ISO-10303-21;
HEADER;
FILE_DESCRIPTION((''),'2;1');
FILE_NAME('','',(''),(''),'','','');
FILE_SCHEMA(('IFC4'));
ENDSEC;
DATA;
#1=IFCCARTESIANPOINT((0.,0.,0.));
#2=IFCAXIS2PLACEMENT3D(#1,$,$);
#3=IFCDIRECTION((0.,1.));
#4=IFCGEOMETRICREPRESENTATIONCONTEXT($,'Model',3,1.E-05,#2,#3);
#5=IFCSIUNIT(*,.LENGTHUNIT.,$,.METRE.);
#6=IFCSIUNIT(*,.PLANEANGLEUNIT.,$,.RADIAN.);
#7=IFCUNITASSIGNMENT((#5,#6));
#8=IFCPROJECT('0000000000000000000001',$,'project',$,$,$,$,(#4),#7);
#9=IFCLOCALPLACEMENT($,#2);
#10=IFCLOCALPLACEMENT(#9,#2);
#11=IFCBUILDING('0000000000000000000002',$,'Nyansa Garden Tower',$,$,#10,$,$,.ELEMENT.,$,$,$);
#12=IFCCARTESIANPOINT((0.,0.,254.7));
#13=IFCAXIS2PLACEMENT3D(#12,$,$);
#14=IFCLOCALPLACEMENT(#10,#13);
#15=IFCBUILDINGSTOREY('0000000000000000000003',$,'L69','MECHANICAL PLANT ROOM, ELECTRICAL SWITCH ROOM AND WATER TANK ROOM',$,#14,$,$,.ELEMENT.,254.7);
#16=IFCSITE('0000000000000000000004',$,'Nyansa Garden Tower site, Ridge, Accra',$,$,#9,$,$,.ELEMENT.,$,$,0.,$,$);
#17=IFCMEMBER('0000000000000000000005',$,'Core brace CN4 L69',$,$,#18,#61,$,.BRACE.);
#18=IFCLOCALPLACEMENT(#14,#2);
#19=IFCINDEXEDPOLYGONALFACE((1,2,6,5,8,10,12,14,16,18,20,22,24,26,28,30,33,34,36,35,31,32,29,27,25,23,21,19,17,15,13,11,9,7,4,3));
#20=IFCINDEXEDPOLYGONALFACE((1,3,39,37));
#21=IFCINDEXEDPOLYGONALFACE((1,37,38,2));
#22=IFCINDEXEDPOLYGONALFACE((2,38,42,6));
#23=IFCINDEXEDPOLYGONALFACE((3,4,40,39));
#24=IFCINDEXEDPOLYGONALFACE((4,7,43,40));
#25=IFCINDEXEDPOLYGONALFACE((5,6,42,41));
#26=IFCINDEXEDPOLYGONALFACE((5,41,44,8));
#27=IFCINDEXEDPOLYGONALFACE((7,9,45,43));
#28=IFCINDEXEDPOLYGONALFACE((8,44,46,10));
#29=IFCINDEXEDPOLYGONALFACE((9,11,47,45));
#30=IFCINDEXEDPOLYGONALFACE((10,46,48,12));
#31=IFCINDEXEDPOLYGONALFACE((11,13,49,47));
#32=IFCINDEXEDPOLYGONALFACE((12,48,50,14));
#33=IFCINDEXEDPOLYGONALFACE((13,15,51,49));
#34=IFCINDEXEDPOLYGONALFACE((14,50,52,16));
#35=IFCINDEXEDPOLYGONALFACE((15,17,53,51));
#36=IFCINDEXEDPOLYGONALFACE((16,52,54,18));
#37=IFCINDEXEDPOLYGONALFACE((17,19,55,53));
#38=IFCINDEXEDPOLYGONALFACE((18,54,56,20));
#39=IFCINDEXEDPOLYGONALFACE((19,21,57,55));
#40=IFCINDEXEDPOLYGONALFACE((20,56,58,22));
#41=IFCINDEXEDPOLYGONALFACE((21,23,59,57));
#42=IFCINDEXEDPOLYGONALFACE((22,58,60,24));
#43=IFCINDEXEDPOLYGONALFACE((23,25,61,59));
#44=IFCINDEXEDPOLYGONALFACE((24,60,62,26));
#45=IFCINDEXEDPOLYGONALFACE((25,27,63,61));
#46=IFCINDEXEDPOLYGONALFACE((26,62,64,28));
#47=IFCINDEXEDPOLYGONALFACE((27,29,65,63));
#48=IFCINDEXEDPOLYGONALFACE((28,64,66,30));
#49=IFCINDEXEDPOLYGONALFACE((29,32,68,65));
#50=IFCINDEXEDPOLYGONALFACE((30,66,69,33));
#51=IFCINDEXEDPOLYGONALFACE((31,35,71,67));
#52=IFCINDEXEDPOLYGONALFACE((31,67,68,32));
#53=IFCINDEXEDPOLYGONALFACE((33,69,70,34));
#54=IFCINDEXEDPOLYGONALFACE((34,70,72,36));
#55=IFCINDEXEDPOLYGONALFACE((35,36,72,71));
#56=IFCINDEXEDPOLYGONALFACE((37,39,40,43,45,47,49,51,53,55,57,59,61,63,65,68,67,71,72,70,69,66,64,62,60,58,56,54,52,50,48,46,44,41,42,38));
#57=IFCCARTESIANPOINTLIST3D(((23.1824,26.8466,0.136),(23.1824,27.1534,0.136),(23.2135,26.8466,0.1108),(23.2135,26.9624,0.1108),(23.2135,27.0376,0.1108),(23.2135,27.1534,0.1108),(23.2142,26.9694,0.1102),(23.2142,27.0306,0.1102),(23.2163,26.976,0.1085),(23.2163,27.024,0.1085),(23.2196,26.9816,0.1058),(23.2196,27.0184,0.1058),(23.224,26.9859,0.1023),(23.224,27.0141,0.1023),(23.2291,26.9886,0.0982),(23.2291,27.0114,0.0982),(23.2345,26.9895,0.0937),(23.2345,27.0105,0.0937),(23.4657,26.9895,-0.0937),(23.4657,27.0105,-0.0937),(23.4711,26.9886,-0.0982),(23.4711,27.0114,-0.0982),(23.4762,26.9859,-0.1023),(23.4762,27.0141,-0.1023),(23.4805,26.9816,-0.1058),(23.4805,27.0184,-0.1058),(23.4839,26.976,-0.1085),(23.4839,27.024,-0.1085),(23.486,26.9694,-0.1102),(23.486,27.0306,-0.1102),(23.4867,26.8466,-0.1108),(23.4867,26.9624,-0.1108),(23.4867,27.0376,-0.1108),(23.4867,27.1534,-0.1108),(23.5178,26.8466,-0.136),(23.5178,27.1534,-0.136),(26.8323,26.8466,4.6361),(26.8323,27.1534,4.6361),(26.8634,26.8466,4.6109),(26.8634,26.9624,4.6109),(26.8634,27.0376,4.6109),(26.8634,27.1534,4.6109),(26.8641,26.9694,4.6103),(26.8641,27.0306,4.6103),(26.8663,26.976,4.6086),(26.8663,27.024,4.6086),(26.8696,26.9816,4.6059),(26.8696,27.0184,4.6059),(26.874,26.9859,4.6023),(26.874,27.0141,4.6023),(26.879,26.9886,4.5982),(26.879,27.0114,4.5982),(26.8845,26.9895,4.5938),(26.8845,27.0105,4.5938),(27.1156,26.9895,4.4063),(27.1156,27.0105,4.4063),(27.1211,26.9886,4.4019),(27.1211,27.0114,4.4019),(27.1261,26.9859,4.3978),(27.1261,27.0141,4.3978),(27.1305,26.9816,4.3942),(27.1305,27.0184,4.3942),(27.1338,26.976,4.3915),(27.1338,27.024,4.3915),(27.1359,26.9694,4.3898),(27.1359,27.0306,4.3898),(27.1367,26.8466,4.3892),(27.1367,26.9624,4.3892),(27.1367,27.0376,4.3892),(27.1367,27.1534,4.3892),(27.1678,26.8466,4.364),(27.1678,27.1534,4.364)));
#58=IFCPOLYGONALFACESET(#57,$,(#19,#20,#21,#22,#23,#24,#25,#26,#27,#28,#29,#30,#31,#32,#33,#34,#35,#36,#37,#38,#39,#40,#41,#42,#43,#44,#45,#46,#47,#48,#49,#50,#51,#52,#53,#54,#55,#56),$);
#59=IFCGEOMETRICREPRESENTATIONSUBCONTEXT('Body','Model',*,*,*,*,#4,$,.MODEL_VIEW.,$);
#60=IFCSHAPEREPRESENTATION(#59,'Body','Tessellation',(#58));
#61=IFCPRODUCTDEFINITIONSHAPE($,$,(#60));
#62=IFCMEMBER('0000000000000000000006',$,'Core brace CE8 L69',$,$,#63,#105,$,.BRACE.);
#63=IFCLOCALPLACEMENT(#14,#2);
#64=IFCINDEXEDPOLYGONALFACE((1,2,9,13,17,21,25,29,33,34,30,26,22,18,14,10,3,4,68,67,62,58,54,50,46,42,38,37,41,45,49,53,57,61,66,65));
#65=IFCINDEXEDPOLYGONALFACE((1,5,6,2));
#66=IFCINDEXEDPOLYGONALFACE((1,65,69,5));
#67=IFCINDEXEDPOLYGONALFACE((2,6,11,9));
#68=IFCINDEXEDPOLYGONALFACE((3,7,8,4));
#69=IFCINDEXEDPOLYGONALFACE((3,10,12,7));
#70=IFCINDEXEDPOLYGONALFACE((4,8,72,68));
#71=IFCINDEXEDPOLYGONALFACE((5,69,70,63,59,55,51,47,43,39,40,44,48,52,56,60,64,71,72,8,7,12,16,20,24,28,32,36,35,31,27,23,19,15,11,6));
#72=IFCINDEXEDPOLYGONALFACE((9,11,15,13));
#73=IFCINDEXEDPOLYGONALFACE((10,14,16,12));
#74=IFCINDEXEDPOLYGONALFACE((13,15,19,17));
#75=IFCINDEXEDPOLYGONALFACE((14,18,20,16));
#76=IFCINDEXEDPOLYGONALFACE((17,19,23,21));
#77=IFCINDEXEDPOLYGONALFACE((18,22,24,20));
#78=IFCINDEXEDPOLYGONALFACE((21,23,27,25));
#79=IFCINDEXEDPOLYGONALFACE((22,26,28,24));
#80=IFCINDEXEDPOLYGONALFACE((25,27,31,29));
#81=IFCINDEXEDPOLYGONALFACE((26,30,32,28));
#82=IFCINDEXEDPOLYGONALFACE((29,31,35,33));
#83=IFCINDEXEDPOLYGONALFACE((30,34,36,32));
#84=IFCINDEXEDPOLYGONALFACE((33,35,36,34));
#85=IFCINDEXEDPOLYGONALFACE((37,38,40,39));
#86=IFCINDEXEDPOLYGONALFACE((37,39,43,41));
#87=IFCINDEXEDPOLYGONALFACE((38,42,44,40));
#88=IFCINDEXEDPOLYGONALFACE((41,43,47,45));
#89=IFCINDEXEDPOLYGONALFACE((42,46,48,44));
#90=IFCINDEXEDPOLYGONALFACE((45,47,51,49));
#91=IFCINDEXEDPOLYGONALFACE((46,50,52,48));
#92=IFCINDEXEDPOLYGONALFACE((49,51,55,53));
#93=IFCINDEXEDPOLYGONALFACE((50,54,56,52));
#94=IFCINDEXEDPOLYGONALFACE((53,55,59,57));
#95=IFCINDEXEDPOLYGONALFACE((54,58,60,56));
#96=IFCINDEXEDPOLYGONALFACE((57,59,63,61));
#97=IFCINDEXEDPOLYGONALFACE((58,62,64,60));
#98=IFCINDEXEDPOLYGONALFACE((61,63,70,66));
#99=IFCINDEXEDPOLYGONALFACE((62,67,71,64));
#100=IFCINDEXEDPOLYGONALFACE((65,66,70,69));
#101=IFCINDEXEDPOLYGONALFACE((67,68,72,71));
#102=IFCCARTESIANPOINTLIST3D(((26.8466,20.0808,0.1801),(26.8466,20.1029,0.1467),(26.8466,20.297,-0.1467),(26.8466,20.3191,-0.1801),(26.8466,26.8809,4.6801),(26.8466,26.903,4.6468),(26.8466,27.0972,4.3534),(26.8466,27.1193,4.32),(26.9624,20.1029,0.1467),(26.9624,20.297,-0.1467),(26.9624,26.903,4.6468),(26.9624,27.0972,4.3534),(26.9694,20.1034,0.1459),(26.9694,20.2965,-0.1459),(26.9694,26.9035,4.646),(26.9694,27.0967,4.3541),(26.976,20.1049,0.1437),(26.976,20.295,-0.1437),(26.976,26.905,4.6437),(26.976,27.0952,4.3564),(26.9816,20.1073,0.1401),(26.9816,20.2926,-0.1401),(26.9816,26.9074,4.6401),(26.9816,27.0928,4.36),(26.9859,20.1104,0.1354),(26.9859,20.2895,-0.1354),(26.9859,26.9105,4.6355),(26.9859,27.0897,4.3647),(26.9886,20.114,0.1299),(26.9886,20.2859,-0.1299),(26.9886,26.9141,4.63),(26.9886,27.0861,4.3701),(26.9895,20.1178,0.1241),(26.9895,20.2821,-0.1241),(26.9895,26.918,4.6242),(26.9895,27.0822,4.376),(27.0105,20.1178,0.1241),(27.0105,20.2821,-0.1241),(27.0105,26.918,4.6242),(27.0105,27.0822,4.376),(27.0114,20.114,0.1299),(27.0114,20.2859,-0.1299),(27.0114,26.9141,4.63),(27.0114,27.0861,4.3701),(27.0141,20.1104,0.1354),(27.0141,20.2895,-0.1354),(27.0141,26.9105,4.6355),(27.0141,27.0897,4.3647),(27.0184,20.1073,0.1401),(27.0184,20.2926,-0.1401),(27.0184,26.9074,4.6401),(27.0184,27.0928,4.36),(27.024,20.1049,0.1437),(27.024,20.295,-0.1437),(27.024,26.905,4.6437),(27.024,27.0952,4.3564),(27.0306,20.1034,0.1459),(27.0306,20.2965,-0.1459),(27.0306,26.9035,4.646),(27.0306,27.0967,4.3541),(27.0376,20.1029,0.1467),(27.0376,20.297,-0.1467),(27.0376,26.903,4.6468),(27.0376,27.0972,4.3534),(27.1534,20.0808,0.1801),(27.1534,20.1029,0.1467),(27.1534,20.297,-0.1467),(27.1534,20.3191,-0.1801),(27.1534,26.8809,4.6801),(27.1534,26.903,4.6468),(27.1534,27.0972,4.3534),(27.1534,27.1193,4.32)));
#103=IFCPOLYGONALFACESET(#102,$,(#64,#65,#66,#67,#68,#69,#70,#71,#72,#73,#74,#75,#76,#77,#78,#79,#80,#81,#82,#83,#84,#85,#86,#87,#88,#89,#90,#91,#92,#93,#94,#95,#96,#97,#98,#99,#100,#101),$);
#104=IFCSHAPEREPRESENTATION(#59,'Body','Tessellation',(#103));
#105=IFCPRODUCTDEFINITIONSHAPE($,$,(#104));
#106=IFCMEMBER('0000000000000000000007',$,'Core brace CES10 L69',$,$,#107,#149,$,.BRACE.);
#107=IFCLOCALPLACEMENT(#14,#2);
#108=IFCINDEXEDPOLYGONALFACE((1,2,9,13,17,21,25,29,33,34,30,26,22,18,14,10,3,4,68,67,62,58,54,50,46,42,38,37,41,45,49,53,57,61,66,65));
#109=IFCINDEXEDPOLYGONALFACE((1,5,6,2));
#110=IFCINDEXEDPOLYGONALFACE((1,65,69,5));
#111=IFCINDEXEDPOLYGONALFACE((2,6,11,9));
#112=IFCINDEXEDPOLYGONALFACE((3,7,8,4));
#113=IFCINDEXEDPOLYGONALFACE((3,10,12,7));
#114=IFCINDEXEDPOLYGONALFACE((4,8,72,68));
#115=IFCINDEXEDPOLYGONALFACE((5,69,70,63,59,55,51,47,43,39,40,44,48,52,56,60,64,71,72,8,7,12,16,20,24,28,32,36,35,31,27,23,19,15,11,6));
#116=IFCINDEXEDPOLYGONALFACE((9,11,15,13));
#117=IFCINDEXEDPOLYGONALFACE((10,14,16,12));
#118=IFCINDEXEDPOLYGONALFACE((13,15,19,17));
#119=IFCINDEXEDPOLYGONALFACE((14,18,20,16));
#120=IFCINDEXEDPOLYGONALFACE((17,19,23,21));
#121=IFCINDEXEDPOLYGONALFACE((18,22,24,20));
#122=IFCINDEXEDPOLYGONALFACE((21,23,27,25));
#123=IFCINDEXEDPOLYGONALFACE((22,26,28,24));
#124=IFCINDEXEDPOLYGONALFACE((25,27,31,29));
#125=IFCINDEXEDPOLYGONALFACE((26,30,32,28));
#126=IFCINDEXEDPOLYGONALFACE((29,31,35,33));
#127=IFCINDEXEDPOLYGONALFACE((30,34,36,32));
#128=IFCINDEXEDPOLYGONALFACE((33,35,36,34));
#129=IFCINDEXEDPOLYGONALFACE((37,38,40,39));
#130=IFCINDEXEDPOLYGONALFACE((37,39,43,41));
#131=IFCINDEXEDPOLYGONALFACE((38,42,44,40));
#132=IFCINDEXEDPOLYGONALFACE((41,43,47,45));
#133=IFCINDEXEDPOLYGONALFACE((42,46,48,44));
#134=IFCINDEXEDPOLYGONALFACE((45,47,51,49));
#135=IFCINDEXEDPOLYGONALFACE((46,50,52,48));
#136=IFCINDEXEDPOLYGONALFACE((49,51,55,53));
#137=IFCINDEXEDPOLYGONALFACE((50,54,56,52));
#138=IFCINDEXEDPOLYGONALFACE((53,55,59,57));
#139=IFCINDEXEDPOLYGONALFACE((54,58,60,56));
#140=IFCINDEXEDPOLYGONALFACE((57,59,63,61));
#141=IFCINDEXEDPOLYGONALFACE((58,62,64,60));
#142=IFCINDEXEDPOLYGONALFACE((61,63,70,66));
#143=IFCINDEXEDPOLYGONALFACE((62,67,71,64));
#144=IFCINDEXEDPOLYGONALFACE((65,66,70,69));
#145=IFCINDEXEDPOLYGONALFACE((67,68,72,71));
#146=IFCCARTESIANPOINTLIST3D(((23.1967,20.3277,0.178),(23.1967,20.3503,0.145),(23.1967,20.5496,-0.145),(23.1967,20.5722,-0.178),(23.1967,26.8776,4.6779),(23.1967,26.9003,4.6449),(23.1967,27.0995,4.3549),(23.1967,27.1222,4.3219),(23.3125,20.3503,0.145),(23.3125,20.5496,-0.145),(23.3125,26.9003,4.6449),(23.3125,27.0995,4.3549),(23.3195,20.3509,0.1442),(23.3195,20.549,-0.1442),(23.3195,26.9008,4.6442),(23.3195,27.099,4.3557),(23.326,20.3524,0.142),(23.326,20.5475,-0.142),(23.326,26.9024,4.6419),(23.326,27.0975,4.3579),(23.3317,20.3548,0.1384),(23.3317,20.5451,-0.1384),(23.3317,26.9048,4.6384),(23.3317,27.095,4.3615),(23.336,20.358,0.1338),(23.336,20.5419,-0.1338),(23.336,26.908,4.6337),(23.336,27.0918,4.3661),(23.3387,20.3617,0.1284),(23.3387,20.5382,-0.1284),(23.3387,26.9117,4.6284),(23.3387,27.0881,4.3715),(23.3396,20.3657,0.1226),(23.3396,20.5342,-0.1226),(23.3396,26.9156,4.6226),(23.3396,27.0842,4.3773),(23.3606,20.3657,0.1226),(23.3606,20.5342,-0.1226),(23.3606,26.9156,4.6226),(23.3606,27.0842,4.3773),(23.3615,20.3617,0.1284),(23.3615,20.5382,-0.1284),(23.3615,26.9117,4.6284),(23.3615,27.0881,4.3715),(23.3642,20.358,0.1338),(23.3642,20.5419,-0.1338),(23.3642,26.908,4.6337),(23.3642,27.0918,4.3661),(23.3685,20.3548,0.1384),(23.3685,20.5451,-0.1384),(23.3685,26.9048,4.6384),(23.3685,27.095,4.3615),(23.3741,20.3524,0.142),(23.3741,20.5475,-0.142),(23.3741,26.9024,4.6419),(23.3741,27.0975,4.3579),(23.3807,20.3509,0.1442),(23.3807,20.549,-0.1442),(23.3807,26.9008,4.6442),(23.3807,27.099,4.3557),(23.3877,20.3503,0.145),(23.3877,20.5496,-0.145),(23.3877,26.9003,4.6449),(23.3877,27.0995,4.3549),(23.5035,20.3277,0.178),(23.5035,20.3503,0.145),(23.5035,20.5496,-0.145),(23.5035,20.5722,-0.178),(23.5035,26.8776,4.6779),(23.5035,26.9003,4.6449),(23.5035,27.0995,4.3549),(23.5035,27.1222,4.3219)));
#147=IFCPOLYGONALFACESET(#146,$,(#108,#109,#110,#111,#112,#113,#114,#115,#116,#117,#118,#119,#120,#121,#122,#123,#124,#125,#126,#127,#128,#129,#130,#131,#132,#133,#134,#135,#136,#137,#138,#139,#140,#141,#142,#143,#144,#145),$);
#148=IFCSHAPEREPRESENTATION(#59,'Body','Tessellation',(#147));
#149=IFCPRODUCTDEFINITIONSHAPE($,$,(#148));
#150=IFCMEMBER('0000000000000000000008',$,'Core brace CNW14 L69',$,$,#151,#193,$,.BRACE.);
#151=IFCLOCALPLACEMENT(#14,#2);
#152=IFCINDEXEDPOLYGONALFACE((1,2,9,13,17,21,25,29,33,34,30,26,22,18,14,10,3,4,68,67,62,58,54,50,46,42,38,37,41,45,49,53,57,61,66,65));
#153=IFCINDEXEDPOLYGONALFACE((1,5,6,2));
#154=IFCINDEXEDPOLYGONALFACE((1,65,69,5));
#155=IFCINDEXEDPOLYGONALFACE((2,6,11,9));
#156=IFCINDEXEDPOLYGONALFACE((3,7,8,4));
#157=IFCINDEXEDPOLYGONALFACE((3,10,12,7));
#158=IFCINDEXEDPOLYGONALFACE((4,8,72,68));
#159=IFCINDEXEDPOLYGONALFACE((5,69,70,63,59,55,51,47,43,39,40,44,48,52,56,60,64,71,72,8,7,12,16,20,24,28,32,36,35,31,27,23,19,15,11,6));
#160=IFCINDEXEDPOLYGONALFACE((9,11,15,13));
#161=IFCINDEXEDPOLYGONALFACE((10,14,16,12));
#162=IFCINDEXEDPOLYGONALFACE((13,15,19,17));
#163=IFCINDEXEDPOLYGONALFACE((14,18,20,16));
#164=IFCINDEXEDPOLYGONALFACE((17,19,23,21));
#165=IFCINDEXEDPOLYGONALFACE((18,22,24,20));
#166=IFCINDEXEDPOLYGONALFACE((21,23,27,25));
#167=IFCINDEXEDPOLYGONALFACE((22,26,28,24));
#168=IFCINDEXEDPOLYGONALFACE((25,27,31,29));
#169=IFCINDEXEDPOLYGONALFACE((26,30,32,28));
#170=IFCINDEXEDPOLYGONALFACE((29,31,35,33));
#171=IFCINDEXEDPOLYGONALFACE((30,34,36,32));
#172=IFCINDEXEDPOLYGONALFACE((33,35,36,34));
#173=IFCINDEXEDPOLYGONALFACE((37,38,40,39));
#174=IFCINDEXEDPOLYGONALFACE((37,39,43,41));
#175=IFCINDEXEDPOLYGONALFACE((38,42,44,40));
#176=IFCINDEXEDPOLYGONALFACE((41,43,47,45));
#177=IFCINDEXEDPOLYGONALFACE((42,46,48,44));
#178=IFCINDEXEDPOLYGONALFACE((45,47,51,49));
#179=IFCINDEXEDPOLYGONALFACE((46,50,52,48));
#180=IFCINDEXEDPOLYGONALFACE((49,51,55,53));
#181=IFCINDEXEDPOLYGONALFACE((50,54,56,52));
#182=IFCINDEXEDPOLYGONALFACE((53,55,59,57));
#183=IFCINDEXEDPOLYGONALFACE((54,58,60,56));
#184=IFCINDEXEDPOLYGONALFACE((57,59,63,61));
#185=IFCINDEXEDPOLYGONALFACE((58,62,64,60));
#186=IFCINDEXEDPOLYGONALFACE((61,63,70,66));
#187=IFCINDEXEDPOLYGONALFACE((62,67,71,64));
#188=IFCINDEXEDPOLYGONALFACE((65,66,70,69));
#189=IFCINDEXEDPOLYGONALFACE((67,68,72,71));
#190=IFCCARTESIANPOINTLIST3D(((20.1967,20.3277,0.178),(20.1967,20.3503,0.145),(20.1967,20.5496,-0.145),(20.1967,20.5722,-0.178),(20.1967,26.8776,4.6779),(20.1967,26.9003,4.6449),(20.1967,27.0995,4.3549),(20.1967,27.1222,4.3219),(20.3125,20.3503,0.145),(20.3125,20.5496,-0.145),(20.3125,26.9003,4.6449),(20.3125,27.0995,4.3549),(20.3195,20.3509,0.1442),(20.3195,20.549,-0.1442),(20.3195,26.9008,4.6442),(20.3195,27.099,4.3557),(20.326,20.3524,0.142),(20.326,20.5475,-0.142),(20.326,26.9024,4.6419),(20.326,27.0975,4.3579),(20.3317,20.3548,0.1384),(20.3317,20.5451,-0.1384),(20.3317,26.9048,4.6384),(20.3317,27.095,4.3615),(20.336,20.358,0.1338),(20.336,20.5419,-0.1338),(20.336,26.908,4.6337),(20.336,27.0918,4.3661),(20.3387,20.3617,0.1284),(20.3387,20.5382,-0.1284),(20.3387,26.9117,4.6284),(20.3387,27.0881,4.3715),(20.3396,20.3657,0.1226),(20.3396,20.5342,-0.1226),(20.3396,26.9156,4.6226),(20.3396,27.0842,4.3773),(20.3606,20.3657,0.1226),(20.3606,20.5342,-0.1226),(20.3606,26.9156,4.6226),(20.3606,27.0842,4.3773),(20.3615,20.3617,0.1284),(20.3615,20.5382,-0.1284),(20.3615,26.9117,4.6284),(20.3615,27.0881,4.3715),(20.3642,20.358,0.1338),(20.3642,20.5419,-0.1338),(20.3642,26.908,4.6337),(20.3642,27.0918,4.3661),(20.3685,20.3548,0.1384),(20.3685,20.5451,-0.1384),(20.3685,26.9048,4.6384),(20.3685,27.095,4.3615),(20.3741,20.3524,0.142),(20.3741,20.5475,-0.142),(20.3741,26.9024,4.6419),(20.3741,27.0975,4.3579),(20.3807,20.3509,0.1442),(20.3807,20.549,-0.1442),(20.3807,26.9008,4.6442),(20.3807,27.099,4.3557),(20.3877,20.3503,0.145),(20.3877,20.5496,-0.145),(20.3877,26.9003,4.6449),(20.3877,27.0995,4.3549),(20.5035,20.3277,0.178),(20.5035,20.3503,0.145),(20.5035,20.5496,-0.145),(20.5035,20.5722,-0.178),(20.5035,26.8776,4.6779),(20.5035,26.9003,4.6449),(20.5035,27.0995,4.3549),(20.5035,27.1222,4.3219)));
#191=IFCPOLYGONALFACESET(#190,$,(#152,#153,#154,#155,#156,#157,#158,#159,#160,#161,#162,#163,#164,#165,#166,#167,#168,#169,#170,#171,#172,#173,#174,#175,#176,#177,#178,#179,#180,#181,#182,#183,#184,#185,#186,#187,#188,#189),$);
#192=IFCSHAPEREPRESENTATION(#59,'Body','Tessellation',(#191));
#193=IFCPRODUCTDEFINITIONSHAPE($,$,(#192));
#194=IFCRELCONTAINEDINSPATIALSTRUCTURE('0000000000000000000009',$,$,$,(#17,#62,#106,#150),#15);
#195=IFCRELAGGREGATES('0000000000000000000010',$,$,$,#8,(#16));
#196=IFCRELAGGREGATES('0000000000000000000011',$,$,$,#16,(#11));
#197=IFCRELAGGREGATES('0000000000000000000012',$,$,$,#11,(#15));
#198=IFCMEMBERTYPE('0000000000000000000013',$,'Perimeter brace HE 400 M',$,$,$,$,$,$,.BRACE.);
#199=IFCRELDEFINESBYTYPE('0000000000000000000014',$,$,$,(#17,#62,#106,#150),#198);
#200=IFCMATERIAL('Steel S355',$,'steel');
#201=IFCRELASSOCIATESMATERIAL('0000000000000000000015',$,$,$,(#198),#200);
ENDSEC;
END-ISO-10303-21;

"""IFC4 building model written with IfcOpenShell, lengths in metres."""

from ifc_helpers import new_model, si_unit, direction, frame, origin, origin_2d, place, context, subcontext, project, spatial, i_section, extrude, material, material_profile, profile_set, type_object, element, save


model = new_model("IFC4")

# Units and contexts
model_context = context("Model", 3, precision=1e-05, world=origin(), true_north=direction((0.0, 1.0)))
body_context = subcontext(model_context, "Body", "Model", "MODEL_VIEW")
ifc_project = project(units=[si_unit("LENGTHUNIT", "METRE"), si_unit("PLANEANGLEUNIT", "RADIAN")], contexts=[model_context])

# Site, building, storey
site_placement = place(None, origin())
site = spatial("IfcSite", under=ifc_project, at=site_placement, Name="Nyansa Garden Tower site, Ridge, Accra", CompositionType="ELEMENT", RefElevation=0.0)
building_placement = place(site_placement, origin())
building = spatial("IfcBuilding", under=site, at=building_placement, Name="Nyansa Garden Tower", CompositionType="ELEMENT")
storey_placement = place(building_placement, frame((0.0, 0.0, 254.7)))
storey = spatial("IfcBuildingStorey", under=building, at=storey_placement, Name="L69", Description="MECHANICAL PLANT ROOM, ELECTRICAL SWITCH ROOM AND WATER TANK ROOM", CompositionType="ELEMENT", Elevation=254.7)

# Members
ifc_material_1 = material(Name="Steel S355", Category="steel")
ifc_material_profile_1 = material_profile(ifc_material_1, i_section(OverallWidth=0.3069, OverallDepth=0.4319, WebThickness=0.021, FlangeThickness=0.04, FilletRadius=0.0271, at=origin_2d()), Name="HE 400 M")
ifc_profile_set_1 = profile_set([ifc_material_profile_1], Name="Steel S355")
member_type = type_object("IfcMemberType", Name="Perimeter brace HE 400 M", PredefinedType="BRACE", material=ifc_profile_set_1)
member_1_placement = place(storey_placement, frame((23.3501, 27.0, 0.0), z_axis=(0.629932, 0.0, 0.77665), x_axis=(0.0, 1.0, 0.0)))
element("IfcMember", 1, at=member_1_placement, inside=storey, type_object=member_type, Name="Core brace CN4 L69", PredefinedType="BRACE", context=body_context, shape_type="SweptSolid", body=[
    extrude(i_section(OverallWidth=0.3069, OverallDepth=0.4319, WebThickness=0.021, FlangeThickness=0.04, FilletRadius=0.0271, at=origin_2d()), origin(), (0.0, 0.0, 1.0), 5.7942),
])
member_2_placement = place(storey_placement, frame((27.0, 20.2, 0.0), z_axis=(0.0, 0.833934, 0.551864), x_axis=(-1.0, 0.0, 0.0)))
element("IfcMember", 2, at=member_2_placement, inside=storey, type_object=member_type, Name="Core brace CE8 L69", PredefinedType="BRACE", context=body_context, shape_type="SweptSolid", body=[
    extrude(i_section(OverallWidth=0.3069, OverallDepth=0.4319, WebThickness=0.021, FlangeThickness=0.04, FilletRadius=0.0271, at=origin_2d()), origin(), (0.0, 0.0, 1.0), 8.1543),
])
for number, where, z_axis, x_axis, name in (
    (3, (23.3501, 20.45, 0.0), (0.0, 0.824227, 0.566259), (-1.0, 0.0, 0.0), "Core brace CES10 L69"),
    (4, (20.3501, 20.45, 0.0), (0.0, 0.824227, 0.566259), (-1.0, 0.0, 0.0), "Core brace CNW14 L69"),
):
    element("IfcMember", number, at=place(storey_placement, frame(where, z_axis=z_axis, x_axis=x_axis)), inside=storey, type_object=member_type, Name=name, PredefinedType="BRACE", context=body_context, shape_type="SweptSolid", body=[
        extrude(i_section(OverallWidth=0.3069, OverallDepth=0.4319, WebThickness=0.021, FlangeThickness=0.04, FilletRadius=0.0271, at=origin_2d()), origin(), (0.0, 0.0, 1.0), 7.9468),
    ])

save(model, "model.ifc")
